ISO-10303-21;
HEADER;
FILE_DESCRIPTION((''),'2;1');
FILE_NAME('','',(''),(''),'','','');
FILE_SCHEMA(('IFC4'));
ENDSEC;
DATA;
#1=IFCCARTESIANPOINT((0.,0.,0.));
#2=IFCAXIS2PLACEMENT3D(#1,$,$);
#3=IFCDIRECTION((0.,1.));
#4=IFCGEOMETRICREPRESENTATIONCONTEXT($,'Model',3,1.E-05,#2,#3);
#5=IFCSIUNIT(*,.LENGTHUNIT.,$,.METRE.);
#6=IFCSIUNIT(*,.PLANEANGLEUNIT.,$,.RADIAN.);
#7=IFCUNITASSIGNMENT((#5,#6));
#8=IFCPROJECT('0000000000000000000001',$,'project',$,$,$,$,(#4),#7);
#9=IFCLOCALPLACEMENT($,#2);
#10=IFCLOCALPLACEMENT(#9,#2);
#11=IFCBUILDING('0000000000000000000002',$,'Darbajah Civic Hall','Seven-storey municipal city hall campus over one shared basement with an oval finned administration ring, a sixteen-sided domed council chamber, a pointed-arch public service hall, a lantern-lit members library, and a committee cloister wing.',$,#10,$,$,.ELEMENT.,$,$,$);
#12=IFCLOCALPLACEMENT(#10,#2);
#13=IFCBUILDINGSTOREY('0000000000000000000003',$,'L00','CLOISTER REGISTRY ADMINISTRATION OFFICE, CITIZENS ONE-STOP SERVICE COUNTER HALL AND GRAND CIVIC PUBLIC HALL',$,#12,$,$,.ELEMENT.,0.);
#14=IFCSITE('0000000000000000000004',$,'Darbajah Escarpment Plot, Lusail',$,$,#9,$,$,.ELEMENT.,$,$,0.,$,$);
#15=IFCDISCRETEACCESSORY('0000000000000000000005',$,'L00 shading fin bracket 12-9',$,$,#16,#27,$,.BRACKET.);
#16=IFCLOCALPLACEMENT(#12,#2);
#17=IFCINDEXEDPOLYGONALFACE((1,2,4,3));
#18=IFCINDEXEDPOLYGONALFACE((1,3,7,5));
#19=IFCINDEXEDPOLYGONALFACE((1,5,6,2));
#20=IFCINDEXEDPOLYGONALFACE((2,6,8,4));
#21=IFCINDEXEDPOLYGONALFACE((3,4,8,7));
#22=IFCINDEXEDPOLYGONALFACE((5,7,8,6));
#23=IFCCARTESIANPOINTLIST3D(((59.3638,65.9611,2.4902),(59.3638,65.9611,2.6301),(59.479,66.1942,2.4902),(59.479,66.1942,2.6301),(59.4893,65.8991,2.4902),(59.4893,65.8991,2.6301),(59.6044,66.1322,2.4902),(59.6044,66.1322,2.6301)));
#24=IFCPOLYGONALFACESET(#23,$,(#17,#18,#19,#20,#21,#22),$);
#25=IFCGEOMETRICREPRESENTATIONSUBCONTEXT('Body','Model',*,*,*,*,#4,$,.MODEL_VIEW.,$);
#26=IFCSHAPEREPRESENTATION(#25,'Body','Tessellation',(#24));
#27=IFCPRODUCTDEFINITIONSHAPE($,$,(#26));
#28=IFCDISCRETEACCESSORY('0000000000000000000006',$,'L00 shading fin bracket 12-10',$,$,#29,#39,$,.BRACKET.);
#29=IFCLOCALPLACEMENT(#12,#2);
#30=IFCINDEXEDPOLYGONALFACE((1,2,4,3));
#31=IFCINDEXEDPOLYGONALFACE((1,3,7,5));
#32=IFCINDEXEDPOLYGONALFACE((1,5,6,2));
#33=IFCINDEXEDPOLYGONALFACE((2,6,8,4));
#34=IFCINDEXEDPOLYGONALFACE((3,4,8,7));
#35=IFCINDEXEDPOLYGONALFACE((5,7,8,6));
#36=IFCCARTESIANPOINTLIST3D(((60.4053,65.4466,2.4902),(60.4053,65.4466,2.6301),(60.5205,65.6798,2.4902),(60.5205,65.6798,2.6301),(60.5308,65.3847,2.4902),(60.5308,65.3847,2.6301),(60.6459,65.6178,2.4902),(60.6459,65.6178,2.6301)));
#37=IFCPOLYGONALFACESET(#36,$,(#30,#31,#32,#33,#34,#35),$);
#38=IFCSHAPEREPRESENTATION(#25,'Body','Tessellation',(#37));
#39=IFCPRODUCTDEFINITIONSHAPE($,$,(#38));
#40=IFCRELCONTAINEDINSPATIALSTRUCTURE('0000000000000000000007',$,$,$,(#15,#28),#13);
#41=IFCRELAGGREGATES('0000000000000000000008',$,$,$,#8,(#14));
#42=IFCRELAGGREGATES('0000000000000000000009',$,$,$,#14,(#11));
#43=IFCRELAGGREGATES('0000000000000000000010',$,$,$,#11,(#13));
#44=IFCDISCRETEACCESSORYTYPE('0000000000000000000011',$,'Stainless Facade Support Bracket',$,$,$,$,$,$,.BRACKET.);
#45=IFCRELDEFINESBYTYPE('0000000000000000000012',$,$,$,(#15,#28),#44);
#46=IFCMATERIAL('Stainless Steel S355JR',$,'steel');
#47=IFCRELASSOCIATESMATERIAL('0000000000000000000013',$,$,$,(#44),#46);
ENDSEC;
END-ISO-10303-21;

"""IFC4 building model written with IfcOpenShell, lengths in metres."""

from ifc_helpers import new_model, si_unit, direction, frame, origin, origin_2d, place, context, subcontext, project, spatial, rectangle, extrude, material, type_object, element, save


model = new_model("IFC4")

# Units and contexts
model_context = context("Model", 3, precision=1e-05, world=origin(), true_north=direction((0.0, 1.0)))
body_context = subcontext(model_context, "Body", "Model", "MODEL_VIEW")
ifc_project = project(units=[si_unit("LENGTHUNIT", "METRE"), si_unit("PLANEANGLEUNIT", "RADIAN")], contexts=[model_context])

# Site, building, storey
site_placement = place(None, origin())
site = spatial("IfcSite", under=ifc_project, at=site_placement, Name="Darbajah Escarpment Plot, Lusail", CompositionType="ELEMENT", RefElevation=0.0)
building_placement = place(site_placement, origin())
building = spatial("IfcBuilding", under=site, at=building_placement, Name="Darbajah Civic Hall", Description="Seven-storey municipal city hall campus over one shared basement with an oval finned administration ring, a sixteen-sided domed council chamber, a pointed-arch public service hall, a lantern-lit members library, and a committee cloister wing.", CompositionType="ELEMENT")
storey_placement = place(building_placement, origin())
storey = spatial("IfcBuildingStorey", under=building, at=storey_placement, Name="L00", Description="CLOISTER REGISTRY ADMINISTRATION OFFICE, CITIZENS ONE-STOP SERVICE COUNTER HALL AND GRAND CIVIC PUBLIC HALL", CompositionType="ELEMENT", Elevation=0.0)

# Discrete accessories
ifc_material_1 = material(Name="Stainless Steel S355JR", Category="steel")
discrete_accessory_type = type_object("IfcDiscreteAccessoryType", Name="Stainless Facade Support Bracket", PredefinedType="BRACKET", material=ifc_material_1)
for number, where, z_axis, x_axis, name in (
    (1, (59.4841, 66.0466, 2.4902), (0.0, 0.0, 1.0), (-0.442915, -0.896564, 0.0), "L00 shading fin bracket 12-9"),
    (2, (60.5256, 65.5322, 2.4902), (0.0, 0.0, 1.0), (-0.442915, -0.896564, 0.0), "L00 shading fin bracket 12-10"),
):
    element("IfcDiscreteAccessory", number, at=place(storey_placement, frame(where, z_axis=z_axis, x_axis=x_axis)), inside=storey, type_object=discrete_accessory_type, Name=name, PredefinedType="BRACKET", context=body_context, shape_type="SweptSolid", body=[
        extrude(rectangle(XDim=0.26, YDim=0.1399, at=origin_2d()), origin(), (0.0, 0.0, 1.0), 0.1399),
    ])

save(model, "model.ifc")
